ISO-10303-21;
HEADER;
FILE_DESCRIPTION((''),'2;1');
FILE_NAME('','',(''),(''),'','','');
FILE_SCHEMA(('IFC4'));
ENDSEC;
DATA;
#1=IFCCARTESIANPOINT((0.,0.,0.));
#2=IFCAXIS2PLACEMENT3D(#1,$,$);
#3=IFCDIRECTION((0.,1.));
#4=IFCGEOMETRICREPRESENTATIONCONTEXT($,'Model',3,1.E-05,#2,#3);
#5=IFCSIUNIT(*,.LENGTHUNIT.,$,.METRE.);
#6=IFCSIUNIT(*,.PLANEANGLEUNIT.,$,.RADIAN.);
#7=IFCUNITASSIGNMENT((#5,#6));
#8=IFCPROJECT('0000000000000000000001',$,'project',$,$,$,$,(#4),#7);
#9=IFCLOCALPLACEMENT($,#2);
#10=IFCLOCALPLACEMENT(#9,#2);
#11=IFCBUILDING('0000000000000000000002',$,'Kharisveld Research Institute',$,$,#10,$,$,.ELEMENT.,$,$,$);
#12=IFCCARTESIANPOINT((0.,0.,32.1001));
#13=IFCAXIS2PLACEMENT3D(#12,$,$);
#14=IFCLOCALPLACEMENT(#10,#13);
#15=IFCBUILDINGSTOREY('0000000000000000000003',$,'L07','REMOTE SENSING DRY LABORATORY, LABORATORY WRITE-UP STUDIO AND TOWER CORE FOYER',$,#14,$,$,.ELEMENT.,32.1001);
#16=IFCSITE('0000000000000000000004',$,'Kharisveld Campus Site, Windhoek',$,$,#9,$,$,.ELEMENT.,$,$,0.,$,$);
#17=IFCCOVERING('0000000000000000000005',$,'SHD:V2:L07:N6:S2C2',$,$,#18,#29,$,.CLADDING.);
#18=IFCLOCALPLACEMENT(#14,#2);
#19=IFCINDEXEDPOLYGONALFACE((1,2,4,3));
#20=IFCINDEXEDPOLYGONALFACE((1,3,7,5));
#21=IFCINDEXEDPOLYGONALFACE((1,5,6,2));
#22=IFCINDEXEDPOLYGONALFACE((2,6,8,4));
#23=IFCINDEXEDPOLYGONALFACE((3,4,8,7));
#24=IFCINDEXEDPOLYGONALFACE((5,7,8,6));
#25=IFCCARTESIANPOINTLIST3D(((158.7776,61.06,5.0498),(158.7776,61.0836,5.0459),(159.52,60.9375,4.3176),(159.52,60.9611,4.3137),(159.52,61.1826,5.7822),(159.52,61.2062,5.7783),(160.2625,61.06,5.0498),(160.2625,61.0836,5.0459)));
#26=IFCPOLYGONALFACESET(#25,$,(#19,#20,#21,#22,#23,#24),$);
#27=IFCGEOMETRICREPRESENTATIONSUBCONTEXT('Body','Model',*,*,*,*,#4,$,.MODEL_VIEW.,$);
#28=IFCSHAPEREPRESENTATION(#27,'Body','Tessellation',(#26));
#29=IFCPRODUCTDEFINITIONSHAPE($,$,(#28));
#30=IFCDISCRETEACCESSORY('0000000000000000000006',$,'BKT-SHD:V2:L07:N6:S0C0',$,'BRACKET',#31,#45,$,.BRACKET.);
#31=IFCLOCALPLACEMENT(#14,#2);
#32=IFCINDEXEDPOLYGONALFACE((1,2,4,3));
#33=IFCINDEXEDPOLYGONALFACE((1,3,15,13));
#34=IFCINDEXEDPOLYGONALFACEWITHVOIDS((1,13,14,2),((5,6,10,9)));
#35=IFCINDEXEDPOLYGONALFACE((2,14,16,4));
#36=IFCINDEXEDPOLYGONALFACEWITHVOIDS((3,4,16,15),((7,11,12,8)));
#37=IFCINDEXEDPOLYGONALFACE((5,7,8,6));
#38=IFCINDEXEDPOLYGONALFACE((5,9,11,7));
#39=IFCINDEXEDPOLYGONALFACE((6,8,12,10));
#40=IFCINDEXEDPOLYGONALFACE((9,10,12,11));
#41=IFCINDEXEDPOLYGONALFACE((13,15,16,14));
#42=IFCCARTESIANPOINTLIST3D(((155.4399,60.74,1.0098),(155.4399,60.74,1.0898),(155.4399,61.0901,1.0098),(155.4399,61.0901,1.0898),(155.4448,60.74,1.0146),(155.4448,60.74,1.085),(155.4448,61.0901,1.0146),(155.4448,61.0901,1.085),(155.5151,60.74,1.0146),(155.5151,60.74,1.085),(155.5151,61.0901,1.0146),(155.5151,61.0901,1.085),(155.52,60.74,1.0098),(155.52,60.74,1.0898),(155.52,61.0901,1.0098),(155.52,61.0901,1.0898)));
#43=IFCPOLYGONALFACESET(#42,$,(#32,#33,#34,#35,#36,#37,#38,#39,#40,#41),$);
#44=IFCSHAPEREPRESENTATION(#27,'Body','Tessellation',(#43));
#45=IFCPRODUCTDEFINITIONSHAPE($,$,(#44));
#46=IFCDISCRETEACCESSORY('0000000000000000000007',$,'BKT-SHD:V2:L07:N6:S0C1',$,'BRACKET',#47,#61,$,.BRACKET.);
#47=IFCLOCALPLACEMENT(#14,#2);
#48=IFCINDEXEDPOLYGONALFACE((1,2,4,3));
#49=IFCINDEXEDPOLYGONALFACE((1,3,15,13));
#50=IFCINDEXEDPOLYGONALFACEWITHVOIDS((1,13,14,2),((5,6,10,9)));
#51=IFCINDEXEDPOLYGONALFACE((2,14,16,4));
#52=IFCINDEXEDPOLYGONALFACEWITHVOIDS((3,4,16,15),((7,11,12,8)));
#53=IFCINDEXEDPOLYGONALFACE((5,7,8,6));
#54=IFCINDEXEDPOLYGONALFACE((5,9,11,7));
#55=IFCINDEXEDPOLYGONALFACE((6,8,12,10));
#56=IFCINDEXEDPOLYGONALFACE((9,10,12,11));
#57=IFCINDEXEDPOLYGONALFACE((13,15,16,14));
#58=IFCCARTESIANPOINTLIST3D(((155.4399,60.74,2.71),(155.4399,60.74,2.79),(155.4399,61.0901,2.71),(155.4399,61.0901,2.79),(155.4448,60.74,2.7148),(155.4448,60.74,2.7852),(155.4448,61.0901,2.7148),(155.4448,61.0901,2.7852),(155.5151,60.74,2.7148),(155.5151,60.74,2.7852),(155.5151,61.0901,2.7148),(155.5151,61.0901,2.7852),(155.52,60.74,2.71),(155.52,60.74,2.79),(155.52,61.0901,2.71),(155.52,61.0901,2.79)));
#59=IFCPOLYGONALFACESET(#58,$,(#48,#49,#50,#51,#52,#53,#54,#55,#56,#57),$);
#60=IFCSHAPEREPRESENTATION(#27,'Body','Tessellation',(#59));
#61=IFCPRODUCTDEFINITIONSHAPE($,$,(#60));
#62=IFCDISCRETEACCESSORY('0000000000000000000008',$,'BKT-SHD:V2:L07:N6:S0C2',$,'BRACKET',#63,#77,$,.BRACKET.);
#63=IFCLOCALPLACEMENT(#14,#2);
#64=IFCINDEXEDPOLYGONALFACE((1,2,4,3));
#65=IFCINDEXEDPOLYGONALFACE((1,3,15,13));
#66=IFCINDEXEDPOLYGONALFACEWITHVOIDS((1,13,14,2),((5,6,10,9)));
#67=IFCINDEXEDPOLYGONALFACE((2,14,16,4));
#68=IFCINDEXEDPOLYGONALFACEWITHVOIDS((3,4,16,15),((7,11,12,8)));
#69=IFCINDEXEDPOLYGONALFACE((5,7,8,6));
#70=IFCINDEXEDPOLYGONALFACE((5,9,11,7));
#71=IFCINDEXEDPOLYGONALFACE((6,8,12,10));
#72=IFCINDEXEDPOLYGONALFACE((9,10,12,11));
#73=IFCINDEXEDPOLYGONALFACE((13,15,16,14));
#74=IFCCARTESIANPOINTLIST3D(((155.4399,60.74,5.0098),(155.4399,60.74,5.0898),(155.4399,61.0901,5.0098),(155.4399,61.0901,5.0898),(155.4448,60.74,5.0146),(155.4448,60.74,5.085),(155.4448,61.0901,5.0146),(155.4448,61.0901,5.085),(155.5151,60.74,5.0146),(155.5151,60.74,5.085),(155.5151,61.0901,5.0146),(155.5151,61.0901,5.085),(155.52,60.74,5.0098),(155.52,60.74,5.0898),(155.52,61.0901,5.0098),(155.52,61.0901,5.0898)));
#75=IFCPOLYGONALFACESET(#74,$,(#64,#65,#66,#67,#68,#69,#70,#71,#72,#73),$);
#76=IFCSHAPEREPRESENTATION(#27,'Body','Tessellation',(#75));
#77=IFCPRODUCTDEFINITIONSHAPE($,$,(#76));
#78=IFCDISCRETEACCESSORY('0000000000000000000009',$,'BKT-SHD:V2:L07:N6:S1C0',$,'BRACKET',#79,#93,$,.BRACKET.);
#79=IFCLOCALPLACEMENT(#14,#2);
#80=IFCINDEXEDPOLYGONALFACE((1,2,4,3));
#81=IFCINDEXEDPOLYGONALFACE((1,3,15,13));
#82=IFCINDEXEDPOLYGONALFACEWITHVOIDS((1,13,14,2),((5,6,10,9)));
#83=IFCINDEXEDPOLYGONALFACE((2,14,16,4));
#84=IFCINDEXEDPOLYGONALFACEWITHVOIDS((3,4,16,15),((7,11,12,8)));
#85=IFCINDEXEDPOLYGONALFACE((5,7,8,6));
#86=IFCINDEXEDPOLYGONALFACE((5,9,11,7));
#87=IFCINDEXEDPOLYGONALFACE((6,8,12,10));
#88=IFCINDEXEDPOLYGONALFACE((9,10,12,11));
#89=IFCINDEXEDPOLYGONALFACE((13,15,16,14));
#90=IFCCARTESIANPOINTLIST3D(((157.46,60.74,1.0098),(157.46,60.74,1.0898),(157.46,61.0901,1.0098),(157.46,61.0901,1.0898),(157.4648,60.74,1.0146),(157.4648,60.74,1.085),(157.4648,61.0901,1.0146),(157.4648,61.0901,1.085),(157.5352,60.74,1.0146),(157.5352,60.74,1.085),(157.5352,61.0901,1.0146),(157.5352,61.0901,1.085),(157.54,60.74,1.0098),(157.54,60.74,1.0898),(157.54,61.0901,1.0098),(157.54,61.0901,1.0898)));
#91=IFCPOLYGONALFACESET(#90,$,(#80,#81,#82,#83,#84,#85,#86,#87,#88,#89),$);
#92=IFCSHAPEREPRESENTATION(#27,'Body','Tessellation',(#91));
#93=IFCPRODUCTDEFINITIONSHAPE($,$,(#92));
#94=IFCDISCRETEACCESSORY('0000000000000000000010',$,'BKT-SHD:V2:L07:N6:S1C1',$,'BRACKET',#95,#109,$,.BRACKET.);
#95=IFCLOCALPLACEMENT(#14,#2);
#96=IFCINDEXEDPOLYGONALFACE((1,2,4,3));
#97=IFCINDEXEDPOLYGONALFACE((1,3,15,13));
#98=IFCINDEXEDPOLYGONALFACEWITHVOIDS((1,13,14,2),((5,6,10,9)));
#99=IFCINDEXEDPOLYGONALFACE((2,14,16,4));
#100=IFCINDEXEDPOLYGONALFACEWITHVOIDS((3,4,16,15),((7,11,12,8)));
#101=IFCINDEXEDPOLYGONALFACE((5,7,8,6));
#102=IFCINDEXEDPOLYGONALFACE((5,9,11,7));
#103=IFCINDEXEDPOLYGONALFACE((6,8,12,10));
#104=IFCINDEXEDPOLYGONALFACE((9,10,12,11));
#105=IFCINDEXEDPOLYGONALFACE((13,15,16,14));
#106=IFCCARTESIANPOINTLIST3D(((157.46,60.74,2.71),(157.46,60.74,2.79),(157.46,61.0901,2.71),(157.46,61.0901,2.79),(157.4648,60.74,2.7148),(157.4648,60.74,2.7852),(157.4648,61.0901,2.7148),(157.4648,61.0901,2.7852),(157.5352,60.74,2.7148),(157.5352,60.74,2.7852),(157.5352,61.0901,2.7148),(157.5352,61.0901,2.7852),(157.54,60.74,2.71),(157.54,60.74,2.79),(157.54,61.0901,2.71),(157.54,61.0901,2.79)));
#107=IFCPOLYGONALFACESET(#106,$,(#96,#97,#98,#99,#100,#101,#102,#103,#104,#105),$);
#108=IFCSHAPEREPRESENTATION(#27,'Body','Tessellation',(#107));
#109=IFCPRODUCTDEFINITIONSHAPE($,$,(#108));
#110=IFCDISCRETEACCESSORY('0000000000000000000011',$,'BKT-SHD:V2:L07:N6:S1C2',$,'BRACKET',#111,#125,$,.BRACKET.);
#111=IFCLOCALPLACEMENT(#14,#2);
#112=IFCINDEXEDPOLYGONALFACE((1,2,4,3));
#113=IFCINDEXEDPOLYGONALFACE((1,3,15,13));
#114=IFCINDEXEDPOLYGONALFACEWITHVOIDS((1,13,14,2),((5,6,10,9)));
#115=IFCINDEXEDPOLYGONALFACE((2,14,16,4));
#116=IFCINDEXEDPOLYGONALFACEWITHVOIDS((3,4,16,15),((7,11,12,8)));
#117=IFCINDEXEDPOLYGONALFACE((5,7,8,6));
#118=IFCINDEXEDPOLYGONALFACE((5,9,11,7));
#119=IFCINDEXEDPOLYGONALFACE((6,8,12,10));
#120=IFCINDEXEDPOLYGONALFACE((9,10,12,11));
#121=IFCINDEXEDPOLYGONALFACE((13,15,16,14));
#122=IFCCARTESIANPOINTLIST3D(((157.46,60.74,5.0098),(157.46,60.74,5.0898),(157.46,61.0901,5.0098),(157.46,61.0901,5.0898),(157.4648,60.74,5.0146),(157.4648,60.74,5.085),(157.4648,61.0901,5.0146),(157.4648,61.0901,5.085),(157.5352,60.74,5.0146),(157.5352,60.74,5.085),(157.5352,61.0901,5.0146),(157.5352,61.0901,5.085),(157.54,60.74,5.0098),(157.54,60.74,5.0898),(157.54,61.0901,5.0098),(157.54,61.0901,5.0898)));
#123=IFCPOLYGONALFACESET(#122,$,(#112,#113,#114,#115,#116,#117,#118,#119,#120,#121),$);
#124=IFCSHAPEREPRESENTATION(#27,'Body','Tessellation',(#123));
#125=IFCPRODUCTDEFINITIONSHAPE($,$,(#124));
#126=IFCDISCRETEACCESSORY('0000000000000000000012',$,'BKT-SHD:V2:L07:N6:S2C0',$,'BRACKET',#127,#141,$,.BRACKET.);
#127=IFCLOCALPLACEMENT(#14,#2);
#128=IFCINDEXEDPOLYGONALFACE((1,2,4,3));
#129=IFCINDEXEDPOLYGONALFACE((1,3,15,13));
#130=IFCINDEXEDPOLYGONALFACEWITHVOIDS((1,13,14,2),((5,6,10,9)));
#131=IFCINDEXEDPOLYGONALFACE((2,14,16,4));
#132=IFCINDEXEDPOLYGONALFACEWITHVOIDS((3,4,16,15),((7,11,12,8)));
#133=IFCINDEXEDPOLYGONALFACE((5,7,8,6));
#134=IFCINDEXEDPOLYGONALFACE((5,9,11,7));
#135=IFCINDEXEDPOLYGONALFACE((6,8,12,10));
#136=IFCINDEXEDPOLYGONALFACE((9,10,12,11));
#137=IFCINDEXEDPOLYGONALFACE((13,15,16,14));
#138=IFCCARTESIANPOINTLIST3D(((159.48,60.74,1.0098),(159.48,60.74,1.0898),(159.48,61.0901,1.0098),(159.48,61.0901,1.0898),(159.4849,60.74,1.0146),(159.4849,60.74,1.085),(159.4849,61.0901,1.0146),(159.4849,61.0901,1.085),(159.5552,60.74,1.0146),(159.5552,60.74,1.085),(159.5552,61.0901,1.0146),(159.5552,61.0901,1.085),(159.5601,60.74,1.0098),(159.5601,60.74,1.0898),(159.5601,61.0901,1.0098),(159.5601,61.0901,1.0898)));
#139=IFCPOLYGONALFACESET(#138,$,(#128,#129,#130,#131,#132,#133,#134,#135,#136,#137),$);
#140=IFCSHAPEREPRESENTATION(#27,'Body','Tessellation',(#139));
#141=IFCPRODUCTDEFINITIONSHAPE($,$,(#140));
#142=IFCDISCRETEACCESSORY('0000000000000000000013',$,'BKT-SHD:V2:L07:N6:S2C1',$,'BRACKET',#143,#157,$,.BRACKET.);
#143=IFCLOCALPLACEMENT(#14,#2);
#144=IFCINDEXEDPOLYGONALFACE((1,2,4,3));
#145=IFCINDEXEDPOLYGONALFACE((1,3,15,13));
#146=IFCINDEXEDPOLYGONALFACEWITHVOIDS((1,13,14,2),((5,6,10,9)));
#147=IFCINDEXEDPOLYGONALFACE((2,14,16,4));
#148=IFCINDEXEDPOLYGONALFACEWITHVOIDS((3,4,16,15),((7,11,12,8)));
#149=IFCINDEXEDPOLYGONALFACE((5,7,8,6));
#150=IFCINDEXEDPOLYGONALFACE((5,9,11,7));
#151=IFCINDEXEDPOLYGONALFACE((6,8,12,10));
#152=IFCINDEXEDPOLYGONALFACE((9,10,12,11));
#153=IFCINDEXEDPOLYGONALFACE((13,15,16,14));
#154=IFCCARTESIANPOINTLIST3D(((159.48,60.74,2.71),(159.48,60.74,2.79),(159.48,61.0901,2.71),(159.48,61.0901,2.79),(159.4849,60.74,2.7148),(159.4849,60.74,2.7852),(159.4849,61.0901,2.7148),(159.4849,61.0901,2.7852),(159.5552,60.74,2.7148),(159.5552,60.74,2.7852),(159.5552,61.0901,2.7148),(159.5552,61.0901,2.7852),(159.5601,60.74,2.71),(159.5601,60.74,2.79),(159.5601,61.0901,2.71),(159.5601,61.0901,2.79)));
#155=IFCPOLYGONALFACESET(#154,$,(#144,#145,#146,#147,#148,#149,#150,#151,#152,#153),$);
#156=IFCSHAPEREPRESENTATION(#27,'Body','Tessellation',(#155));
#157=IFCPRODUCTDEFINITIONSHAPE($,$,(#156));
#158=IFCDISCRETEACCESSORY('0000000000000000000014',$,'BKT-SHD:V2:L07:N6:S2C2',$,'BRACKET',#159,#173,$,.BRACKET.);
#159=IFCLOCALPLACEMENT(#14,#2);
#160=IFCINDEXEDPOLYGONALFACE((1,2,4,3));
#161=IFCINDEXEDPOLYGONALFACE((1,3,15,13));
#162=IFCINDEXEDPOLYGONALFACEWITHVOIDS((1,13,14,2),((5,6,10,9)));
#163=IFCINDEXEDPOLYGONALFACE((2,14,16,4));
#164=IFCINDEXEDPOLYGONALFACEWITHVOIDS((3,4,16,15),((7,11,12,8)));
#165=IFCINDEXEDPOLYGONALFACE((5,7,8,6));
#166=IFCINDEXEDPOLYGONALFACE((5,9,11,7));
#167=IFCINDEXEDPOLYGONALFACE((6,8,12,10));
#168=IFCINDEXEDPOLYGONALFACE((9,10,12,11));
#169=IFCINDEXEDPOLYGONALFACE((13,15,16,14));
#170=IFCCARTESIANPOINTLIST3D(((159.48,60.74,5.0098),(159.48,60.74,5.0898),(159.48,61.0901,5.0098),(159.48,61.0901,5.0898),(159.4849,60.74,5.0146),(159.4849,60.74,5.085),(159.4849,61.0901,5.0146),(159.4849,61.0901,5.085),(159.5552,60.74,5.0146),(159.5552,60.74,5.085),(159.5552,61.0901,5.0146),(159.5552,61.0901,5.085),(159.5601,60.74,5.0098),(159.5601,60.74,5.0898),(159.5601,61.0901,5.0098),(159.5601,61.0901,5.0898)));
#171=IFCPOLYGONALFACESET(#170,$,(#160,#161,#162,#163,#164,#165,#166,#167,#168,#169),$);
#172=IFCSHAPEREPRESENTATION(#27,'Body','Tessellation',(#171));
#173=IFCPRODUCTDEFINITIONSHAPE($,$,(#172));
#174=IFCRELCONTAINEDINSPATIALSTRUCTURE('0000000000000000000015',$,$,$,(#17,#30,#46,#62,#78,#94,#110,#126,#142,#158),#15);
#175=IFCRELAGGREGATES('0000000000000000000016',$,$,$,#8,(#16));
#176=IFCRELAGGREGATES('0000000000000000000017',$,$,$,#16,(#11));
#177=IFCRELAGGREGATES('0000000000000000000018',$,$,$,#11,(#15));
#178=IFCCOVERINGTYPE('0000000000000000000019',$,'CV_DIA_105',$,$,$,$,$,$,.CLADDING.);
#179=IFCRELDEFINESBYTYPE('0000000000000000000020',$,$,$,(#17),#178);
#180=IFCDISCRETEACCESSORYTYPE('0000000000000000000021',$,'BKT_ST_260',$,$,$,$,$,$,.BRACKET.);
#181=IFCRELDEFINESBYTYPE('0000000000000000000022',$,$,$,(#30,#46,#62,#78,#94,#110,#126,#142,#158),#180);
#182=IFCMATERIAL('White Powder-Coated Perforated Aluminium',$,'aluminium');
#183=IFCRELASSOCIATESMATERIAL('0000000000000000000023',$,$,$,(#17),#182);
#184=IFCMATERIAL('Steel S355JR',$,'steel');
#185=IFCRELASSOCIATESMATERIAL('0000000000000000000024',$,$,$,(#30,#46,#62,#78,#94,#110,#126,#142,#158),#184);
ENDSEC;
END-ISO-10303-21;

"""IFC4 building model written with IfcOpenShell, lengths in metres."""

from ifc_helpers import new_model, si_unit, direction, frame, origin, origin_2d, place, context, subcontext, project, spatial, polyline, hollow_rectangle, outline, extrude, material, type_object, element, save


model = new_model("IFC4")

# Units and contexts
model_context = context("Model", 3, precision=1e-05, world=origin(), true_north=direction((0.0, 1.0)))
body_context = subcontext(model_context, "Body", "Model", "MODEL_VIEW")
ifc_project = project(units=[si_unit("LENGTHUNIT", "METRE"), si_unit("PLANEANGLEUNIT", "RADIAN")], contexts=[model_context])

# Site, building, storey
site_placement = place(None, origin())
site = spatial("IfcSite", under=ifc_project, at=site_placement, Name="Kharisveld Campus Site, Windhoek", CompositionType="ELEMENT", RefElevation=0.0)
building_placement = place(site_placement, origin())
building = spatial("IfcBuilding", under=site, at=building_placement, Name="Kharisveld Research Institute", CompositionType="ELEMENT")
storey_placement = place(building_placement, frame((0.0, 0.0, 32.1001)))
storey = spatial("IfcBuildingStorey", under=building, at=storey_placement, Name="L07", Description="REMOTE SENSING DRY LABORATORY, LABORATORY WRITE-UP STUDIO AND TOWER CORE FOYER", CompositionType="ELEMENT", Elevation=32.1001)

# Covering
ifc_material_1 = material(Name="White Powder-Coated Perforated Aluminium", Category="aluminium")
covering_type = type_object("IfcCoveringType", Name="CV_DIA_105", PredefinedType="CLADDING")
covering_1_placement = place(storey_placement, frame((159.52, 60.9375, 4.3176), z_axis=(0.0, -0.986283, 0.165065), x_axis=(0.707139, 0.116714, 0.697376)))
element("IfcCovering", 1, at=covering_1_placement, inside=storey, type_object=covering_type, material=ifc_material_1, Name="SHD:V2:L07:N6:S2C2", PredefinedType="CLADDING", context=body_context, shape_type="SweptSolid", body=[
    extrude(outline(polyline([(0.0, 0.0), (1.0499, 0.0), (1.05, 1.0501), (-0.0001, 1.0499), (0.0, 0.0)])), origin(), (0.0, 0.0, -1.0), 0.0239),
])

# Discrete accessories
ifc_material_2 = material(Name="Steel S355JR", Category="steel")
discrete_accessory_type = type_object("IfcDiscreteAccessoryType", Name="BKT_ST_260", PredefinedType="BRACKET")
for number, where, z_axis, x_axis, name in (
    (2, (155.48, 60.74, 1.0498), (0.0, 1.0, 0.0), (-1.0, 0.0, 0.0), "BKT-SHD:V2:L07:N6:S0C0"),
    (3, (155.48, 60.74, 2.75), (0.0, 1.0, 0.0), (-1.0, 0.0, 0.0), "BKT-SHD:V2:L07:N6:S0C1"),
    (4, (155.48, 60.74, 5.0498), (0.0, 1.0, 0.0), (-1.0, 0.0, 0.0), "BKT-SHD:V2:L07:N6:S0C2"),
    (5, (157.5, 60.74, 1.0498), (0.0, 1.0, 0.0), (-1.0, 0.0, 0.0), "BKT-SHD:V2:L07:N6:S1C0"),
    (6, (157.5, 60.74, 2.75), (0.0, 1.0, 0.0), (-1.0, 0.0, 0.0), "BKT-SHD:V2:L07:N6:S1C1"),
    (7, (157.5, 60.74, 5.0498), (0.0, 1.0, 0.0), (-1.0, 0.0, 0.0), "BKT-SHD:V2:L07:N6:S1C2"),
    (8, (159.52, 60.74, 1.0498), (0.0, 1.0, 0.0), (-1.0, 0.0, 0.0), "BKT-SHD:V2:L07:N6:S2C0"),
    (9, (159.52, 60.74, 2.75), (0.0, 1.0, 0.0), (-1.0, 0.0, 0.0), "BKT-SHD:V2:L07:N6:S2C1"),
    (10, (159.52, 60.74, 5.0498), (0.0, 1.0, 0.0), (-1.0, 0.0, 0.0), "BKT-SHD:V2:L07:N6:S2C2"),
):
    element("IfcDiscreteAccessory", number, at=place(storey_placement, frame(where, z_axis=z_axis, x_axis=x_axis)), inside=storey, type_object=discrete_accessory_type, material=ifc_material_2, Name=name, ObjectType="BRACKET", PredefinedType="BRACKET", context=body_context, shape_type="SweptSolid", body=[
        extrude(hollow_rectangle(XDim=0.0801, YDim=0.0801, WallThickness=0.0049, at=origin_2d()), origin(), (0.0, 0.0, 1.0), 0.3501),
    ])

save(model, "model.ifc")
